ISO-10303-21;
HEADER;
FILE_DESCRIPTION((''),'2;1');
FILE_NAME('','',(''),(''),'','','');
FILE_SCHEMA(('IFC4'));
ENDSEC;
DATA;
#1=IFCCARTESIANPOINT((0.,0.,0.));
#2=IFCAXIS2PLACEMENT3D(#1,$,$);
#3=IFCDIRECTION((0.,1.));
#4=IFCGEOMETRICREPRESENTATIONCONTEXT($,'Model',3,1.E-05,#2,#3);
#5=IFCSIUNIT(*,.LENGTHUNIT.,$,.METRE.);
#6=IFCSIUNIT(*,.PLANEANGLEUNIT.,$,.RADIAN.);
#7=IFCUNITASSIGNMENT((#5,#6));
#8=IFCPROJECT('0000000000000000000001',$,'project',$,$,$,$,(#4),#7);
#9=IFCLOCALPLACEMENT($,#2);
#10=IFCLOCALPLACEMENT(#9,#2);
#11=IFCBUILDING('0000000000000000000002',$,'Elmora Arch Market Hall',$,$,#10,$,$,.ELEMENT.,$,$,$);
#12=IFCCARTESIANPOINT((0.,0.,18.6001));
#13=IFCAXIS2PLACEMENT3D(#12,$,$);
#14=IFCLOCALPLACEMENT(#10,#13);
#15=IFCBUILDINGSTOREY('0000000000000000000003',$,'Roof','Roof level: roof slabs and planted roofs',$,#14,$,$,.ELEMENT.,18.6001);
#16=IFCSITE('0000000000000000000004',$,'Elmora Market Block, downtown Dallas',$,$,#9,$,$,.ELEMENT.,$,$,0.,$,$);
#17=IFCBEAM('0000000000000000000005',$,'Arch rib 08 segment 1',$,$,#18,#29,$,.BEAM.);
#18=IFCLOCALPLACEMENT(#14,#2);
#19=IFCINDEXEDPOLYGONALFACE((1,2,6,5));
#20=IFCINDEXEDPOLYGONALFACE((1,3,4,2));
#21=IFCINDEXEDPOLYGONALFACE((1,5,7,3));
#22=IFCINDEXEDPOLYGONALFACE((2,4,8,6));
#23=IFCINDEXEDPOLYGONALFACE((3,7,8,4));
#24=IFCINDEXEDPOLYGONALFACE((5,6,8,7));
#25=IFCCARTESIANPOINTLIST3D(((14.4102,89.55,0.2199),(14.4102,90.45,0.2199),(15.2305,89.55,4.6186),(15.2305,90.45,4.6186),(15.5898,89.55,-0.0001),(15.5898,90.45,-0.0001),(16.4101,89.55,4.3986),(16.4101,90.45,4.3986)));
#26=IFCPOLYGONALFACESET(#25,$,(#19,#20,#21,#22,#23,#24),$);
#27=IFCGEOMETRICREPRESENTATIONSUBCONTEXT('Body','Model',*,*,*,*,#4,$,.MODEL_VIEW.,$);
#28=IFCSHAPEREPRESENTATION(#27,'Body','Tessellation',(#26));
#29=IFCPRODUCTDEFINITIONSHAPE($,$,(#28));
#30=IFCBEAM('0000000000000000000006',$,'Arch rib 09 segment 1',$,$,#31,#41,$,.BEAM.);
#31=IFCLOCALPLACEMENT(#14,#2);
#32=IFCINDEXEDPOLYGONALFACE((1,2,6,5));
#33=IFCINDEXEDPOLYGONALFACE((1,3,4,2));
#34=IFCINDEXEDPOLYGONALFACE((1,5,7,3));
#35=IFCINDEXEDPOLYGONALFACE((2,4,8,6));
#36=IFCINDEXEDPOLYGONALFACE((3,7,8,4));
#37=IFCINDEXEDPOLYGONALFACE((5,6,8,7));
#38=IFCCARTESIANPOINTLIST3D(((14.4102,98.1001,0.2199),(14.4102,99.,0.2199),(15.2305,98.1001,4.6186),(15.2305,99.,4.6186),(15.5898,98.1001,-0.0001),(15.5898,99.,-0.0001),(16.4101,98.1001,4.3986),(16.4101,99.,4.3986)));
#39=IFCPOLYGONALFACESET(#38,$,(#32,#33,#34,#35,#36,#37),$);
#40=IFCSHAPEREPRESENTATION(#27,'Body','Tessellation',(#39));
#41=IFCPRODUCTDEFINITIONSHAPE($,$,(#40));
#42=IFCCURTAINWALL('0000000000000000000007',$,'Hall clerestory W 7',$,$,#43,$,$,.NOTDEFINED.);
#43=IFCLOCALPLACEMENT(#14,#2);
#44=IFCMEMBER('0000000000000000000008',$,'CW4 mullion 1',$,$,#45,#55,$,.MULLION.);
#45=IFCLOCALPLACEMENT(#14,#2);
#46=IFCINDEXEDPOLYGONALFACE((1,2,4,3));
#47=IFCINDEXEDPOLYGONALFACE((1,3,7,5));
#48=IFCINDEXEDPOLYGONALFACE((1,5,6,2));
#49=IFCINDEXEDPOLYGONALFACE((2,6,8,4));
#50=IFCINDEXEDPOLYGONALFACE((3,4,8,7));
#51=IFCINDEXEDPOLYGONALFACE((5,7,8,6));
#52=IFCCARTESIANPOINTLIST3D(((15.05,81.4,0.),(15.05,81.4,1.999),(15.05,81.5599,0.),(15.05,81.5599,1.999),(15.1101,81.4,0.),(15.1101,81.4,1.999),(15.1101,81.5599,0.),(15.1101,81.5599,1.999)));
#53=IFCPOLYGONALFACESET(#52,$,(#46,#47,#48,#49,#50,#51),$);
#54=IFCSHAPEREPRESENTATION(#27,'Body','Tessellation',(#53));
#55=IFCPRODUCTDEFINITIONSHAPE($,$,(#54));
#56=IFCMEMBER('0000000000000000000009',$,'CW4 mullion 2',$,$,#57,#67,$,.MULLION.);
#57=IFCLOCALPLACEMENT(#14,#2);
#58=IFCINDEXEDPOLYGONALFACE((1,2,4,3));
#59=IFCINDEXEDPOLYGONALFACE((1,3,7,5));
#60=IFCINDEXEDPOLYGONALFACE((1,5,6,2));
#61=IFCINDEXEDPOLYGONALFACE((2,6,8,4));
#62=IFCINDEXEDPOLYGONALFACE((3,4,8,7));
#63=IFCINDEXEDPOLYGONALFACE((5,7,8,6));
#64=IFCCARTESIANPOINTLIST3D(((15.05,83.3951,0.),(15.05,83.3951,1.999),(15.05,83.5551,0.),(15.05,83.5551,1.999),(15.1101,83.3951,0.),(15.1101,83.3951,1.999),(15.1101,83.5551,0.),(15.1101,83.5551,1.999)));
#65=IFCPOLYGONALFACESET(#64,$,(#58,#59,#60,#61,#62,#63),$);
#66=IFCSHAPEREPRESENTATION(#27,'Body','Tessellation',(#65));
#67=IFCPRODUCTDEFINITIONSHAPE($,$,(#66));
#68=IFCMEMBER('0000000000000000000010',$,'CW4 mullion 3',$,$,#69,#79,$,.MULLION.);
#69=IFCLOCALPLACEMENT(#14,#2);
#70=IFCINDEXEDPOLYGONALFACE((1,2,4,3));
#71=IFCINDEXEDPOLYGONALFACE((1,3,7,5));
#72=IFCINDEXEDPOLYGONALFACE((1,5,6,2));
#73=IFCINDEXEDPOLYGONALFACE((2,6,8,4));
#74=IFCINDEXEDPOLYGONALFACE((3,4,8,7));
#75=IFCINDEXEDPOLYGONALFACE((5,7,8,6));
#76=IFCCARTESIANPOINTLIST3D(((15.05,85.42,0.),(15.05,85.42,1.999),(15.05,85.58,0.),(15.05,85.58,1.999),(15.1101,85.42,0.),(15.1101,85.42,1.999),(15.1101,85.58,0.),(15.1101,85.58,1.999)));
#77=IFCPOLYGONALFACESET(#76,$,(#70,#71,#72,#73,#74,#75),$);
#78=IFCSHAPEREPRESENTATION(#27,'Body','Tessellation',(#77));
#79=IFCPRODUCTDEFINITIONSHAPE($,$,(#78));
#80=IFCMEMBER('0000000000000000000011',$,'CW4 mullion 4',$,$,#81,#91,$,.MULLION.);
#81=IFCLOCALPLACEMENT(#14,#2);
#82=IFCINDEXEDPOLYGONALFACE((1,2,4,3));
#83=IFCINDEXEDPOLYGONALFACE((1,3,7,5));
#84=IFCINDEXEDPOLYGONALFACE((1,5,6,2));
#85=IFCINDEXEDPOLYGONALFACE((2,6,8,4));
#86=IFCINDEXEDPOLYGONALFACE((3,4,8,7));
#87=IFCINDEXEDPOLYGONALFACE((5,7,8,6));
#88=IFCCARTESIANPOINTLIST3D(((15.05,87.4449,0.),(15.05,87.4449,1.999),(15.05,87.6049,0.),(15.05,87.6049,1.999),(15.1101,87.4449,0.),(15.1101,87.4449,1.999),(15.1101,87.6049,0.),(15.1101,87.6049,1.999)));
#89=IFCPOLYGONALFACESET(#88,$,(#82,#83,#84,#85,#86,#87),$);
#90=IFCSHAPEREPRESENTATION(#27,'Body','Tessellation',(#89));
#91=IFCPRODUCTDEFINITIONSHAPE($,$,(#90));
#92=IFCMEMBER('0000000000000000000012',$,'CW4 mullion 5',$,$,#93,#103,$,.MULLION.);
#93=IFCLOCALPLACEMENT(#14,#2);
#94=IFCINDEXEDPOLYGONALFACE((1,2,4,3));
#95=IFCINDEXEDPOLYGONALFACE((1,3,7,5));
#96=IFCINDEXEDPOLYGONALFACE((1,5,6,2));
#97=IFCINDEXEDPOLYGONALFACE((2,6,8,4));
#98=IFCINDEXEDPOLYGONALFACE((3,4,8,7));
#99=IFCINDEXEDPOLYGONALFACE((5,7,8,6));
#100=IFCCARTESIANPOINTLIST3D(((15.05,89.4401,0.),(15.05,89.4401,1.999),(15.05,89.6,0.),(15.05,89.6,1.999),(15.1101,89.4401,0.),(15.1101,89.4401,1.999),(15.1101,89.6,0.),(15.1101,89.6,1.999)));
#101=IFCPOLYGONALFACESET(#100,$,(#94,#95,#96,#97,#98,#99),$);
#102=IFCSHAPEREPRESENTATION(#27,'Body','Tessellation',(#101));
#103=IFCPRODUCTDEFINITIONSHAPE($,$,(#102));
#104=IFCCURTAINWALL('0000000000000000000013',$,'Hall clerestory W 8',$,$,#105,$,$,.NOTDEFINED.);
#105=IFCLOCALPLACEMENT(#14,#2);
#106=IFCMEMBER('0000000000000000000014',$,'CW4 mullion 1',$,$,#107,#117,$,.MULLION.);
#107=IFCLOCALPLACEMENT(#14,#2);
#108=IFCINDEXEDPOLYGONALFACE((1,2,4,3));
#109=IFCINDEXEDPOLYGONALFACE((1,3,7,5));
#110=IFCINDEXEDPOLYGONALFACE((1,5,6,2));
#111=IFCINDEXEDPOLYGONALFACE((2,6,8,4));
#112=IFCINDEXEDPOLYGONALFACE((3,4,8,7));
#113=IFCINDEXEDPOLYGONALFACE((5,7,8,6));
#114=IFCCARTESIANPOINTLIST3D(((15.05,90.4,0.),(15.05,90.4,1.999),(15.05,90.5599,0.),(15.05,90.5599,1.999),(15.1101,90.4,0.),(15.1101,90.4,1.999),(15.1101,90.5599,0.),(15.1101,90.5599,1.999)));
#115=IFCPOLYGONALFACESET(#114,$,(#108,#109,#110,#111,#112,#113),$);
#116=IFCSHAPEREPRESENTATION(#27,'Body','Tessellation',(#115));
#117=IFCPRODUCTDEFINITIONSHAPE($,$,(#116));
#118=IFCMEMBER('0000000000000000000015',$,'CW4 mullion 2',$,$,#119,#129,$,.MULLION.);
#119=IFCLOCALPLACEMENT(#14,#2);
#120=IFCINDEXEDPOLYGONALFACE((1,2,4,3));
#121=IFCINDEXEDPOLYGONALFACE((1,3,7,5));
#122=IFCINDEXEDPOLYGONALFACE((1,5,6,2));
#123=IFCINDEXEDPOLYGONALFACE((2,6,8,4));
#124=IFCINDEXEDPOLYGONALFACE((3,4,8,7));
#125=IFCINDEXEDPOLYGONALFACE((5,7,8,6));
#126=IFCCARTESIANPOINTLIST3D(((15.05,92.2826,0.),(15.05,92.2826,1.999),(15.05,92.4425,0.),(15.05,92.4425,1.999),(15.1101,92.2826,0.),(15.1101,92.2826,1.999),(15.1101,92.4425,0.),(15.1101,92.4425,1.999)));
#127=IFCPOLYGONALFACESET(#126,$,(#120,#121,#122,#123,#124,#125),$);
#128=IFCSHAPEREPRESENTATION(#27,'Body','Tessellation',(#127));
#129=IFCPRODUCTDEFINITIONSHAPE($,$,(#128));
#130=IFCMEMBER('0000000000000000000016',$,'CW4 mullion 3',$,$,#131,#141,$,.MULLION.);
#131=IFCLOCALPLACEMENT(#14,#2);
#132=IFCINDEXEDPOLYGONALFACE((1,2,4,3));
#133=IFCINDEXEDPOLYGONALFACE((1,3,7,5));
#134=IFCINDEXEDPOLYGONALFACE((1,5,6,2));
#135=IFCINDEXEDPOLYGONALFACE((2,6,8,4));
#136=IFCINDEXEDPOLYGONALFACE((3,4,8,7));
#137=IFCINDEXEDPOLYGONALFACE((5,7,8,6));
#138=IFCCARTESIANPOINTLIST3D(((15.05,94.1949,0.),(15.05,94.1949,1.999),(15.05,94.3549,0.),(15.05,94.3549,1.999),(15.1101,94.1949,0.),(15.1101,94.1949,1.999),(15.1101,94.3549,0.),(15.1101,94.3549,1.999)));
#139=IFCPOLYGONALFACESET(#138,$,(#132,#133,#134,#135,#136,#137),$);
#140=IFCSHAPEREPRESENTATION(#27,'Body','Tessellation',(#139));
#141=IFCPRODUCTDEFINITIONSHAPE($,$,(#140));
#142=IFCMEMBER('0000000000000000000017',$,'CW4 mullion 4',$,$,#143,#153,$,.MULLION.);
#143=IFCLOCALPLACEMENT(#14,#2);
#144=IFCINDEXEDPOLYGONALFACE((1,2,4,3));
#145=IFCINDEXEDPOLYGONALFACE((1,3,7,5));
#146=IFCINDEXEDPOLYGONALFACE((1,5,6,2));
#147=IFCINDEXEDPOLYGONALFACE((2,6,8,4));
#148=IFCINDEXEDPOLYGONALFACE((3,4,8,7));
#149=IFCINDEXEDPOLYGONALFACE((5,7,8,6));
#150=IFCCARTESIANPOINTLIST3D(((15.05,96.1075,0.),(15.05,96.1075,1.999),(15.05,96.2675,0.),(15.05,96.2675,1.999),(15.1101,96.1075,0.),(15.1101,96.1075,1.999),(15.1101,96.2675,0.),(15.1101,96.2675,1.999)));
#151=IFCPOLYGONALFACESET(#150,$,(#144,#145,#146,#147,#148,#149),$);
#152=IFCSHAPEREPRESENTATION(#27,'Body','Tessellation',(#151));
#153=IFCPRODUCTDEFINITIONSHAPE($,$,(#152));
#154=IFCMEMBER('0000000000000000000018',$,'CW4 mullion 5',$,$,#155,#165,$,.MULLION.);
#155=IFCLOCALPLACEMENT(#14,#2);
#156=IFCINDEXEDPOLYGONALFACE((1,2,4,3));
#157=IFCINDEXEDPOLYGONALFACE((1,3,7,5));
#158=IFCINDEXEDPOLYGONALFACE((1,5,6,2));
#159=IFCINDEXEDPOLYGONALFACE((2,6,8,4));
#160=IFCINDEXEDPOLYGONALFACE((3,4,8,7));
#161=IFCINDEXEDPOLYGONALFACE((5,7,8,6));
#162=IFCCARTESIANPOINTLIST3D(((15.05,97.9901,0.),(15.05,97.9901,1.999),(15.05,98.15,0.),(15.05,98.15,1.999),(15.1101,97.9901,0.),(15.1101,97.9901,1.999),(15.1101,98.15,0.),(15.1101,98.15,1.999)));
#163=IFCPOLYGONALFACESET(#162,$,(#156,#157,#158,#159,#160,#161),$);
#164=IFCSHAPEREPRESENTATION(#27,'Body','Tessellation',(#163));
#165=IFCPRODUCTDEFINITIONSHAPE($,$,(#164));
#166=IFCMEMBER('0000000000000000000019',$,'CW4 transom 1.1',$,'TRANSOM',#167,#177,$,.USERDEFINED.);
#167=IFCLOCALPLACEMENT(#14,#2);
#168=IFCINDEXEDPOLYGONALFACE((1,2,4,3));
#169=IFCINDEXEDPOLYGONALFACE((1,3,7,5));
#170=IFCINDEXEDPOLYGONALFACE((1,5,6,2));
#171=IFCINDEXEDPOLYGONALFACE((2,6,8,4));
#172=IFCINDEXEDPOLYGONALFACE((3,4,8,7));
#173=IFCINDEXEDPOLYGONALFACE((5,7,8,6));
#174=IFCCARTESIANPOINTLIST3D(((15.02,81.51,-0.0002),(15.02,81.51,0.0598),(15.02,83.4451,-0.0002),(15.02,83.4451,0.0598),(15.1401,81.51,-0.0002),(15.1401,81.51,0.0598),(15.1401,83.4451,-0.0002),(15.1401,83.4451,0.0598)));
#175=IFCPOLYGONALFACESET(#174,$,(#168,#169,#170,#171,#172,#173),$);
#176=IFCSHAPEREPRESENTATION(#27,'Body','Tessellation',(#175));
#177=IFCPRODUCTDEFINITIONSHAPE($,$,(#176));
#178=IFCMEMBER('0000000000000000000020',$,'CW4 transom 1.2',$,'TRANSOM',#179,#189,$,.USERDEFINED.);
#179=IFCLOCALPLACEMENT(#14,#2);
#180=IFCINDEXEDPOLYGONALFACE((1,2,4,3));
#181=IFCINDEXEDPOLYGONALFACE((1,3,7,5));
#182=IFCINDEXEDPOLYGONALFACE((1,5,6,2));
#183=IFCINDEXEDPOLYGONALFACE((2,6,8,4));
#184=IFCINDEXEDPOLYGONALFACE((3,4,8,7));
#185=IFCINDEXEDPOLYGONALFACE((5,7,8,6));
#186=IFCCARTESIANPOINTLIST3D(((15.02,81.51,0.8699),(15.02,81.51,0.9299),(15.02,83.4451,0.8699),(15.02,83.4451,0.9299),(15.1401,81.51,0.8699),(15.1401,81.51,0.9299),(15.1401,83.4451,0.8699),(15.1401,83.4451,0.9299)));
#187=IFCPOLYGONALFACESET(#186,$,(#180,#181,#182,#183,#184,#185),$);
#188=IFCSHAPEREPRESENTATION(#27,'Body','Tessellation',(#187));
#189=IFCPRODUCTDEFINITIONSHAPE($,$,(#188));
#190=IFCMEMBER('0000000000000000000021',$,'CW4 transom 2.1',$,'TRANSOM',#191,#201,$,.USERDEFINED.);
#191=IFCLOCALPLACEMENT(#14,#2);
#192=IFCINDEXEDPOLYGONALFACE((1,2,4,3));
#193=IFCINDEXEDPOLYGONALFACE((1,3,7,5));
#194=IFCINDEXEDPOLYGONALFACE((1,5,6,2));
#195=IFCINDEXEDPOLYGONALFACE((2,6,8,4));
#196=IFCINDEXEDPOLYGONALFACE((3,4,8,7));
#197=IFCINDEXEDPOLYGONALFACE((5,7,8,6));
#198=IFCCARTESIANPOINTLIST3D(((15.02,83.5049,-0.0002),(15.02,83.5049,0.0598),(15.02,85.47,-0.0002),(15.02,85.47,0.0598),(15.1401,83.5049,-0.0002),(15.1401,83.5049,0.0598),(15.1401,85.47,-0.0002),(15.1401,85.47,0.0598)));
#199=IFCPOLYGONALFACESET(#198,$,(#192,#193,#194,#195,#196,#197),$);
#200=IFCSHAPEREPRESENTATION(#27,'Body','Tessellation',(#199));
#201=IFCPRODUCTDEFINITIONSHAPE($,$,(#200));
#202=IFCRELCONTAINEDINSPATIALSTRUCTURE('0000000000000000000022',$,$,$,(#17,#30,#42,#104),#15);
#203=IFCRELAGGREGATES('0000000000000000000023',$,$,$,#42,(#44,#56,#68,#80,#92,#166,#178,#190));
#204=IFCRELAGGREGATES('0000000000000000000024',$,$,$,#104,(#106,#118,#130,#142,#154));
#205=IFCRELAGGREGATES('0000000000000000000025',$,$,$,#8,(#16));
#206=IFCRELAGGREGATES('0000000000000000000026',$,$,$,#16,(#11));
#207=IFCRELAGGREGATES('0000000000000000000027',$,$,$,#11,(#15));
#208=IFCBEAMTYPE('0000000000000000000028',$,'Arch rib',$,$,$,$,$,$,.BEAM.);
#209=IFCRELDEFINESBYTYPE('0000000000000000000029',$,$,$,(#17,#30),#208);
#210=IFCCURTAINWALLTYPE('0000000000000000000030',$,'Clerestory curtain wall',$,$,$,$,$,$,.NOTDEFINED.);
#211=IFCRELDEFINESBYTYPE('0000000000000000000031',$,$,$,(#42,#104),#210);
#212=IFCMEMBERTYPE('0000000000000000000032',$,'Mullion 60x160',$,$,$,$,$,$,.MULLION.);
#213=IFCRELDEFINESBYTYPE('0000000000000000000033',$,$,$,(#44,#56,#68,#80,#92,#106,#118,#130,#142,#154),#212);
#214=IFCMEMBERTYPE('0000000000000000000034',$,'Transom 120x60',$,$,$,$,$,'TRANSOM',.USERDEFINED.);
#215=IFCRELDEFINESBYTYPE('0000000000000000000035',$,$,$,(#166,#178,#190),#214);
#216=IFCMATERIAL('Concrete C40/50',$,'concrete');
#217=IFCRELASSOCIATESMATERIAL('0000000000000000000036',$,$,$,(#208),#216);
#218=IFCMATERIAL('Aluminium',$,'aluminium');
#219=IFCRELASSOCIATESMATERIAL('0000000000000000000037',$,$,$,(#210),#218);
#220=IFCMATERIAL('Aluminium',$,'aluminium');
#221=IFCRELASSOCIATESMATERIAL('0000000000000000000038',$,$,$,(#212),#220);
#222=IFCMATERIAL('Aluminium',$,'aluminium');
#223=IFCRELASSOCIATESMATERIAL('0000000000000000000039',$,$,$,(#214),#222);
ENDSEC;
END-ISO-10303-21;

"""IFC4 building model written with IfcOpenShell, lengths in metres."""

from ifc_helpers import new_model, si_unit, direction, frame, origin, origin_2d, place, context, subcontext, project, spatial, rectangle, extrude, material, material_profile, profile_set, type_object, element, aggregate, save


model = new_model("IFC4")

# Units and contexts
model_context = context("Model", 3, precision=1e-05, world=origin(), true_north=direction((0.0, 1.0)))
body_context = subcontext(model_context, "Body", "Model", "MODEL_VIEW")
ifc_project = project(units=[si_unit("LENGTHUNIT", "METRE"), si_unit("PLANEANGLEUNIT", "RADIAN")], contexts=[model_context])

# Site, building, storey
site_placement = place(None, origin())
site = spatial("IfcSite", under=ifc_project, at=site_placement, Name="Elmora Market Block, downtown Dallas", CompositionType="ELEMENT", RefElevation=0.0)
building_placement = place(site_placement, origin())
building = spatial("IfcBuilding", under=site, at=building_placement, Name="Elmora Arch Market Hall", CompositionType="ELEMENT")
storey_placement = place(building_placement, frame((0.0, 0.0, 18.6001)))
storey = spatial("IfcBuildingStorey", under=building, at=storey_placement, Name="Roof", Description="Roof level: roof slabs and planted roofs", CompositionType="ELEMENT", Elevation=18.6001)

# Beams
ifc_material_1 = material(Name="Concrete C40/50", Category="concrete")
ifc_material_profile_1 = material_profile(ifc_material_1, rectangle(XDim=0.8999, YDim=1.2, at=origin_2d()), Name="Arch rib")
ifc_profile_set_1 = profile_set([ifc_material_profile_1], Name="Concrete C40/50")
beam_type = type_object("IfcBeamType", Name="Arch rib", PredefinedType="BEAM", material=ifc_profile_set_1)
for number, where, z_axis, x_axis, name in (
    (1, (15.0, 90.0, 0.1099), (0.18333, 0.0, 0.983051), (0.0, 1.0, 0.0), "Arch rib 08 segment 1"),
    (2, (15.0, 98.55, 0.1099), (0.18333, 0.0, 0.983051), (0.0, 1.0, 0.0), "Arch rib 09 segment 1"),
):
    element("IfcBeam", number, at=place(storey_placement, frame(where, z_axis=z_axis, x_axis=x_axis)), inside=storey, type_object=beam_type, Name=name, PredefinedType="BEAM", context=body_context, shape_type="SweptSolid", body=[
        extrude(rectangle(XDim=0.8999, YDim=1.2, at=origin_2d()), origin(), (0.0, 0.0, 1.0), 4.4746),
    ])

# Curtain walls, members
ifc_material_2 = material(Name="Aluminium", Category="aluminium")
curtain_wall_type = type_object("IfcCurtainWallType", Name="Clerestory curtain wall", PredefinedType="NOTDEFINED", material=ifc_material_2)
curtain_wall_1_placement = place(storey_placement, origin())
curtain_wall_1 = element("IfcCurtainWall", 3, at=curtain_wall_1_placement, inside=storey, type_object=curtain_wall_type, Name="Hall clerestory W 7", PredefinedType="NOTDEFINED")
ifc_material_3 = material(Name="Aluminium", Category="aluminium")
ifc_material_profile_2 = material_profile(ifc_material_3, rectangle(XDim=0.0601, YDim=0.1599, at=origin_2d()), Name="AL 60x160")
ifc_profile_set_2 = profile_set([ifc_material_profile_2], Name="Aluminium")
member_type_1 = type_object("IfcMemberType", Name="Mullion 60x160", PredefinedType="MULLION", material=ifc_profile_set_2)
member_1_placement = place(storey_placement, frame((15.0801, 81.48, 0.0), z_axis=(0.0, 0.0, 1.0), x_axis=(-1.0, 0.0, 0.0)))
member_1 = element("IfcMember", 4, at=member_1_placement, type_object=member_type_1, Name="CW4 mullion 1", PredefinedType="MULLION", context=body_context, shape_type="SweptSolid", body=[
    extrude(rectangle(XDim=0.0601, YDim=0.1599, at=origin_2d()), origin(), (0.0, 0.0, 1.0), 1.999),
])
member_2_placement = place(storey_placement, frame((15.0801, 83.4751, 0.0), z_axis=(0.0, 0.0, 1.0), x_axis=(-1.0, 0.0, 0.0)))
member_2 = element("IfcMember", 5, at=member_2_placement, type_object=member_type_1, Name="CW4 mullion 2", PredefinedType="MULLION", context=body_context, shape_type="SweptSolid", body=[
    extrude(rectangle(XDim=0.0601, YDim=0.1599, at=origin_2d()), origin(), (0.0, 0.0, 1.0), 1.999),
])
member_3_placement = place(storey_placement, frame((15.0801, 85.5, 0.0), z_axis=(0.0, 0.0, 1.0), x_axis=(-1.0, 0.0, 0.0)))
member_3 = element("IfcMember", 6, at=member_3_placement, type_object=member_type_1, Name="CW4 mullion 3", PredefinedType="MULLION", context=body_context, shape_type="SweptSolid", body=[
    extrude(rectangle(XDim=0.0601, YDim=0.1599, at=origin_2d()), origin(), (0.0, 0.0, 1.0), 1.999),
])
member_4_placement = place(storey_placement, frame((15.0801, 87.5249, 0.0), z_axis=(0.0, 0.0, 1.0), x_axis=(-1.0, 0.0, 0.0)))
member_4 = element("IfcMember", 7, at=member_4_placement, type_object=member_type_1, Name="CW4 mullion 4", PredefinedType="MULLION", context=body_context, shape_type="SweptSolid", body=[
    extrude(rectangle(XDim=0.0601, YDim=0.1599, at=origin_2d()), origin(), (0.0, 0.0, 1.0), 1.999),
])
member_5_placement = place(storey_placement, frame((15.0801, 89.52, 0.0), z_axis=(0.0, 0.0, 1.0), x_axis=(-1.0, 0.0, 0.0)))
member_5 = element("IfcMember", 8, at=member_5_placement, type_object=member_type_1, Name="CW4 mullion 5", PredefinedType="MULLION", context=body_context, shape_type="SweptSolid", body=[
    extrude(rectangle(XDim=0.0601, YDim=0.1599, at=origin_2d()), origin(), (0.0, 0.0, 1.0), 1.999),
])
curtain_wall_2_placement = place(storey_placement, origin())
curtain_wall_2 = element("IfcCurtainWall", 9, at=curtain_wall_2_placement, inside=storey, type_object=curtain_wall_type, Name="Hall clerestory W 8", PredefinedType="NOTDEFINED")
member_6_placement = place(storey_placement, frame((15.0801, 90.48, 0.0), z_axis=(0.0, 0.0, 1.0), x_axis=(-1.0, 0.0, 0.0)))
member_6 = element("IfcMember", 10, at=member_6_placement, type_object=member_type_1, Name="CW4 mullion 1", PredefinedType="MULLION", context=body_context, shape_type="SweptSolid", body=[
    extrude(rectangle(XDim=0.0601, YDim=0.1599, at=origin_2d()), origin(), (0.0, 0.0, 1.0), 1.999),
])
member_7_placement = place(storey_placement, frame((15.0801, 92.3625, 0.0), z_axis=(0.0, 0.0, 1.0), x_axis=(-1.0, 0.0, 0.0)))
member_7 = element("IfcMember", 11, at=member_7_placement, type_object=member_type_1, Name="CW4 mullion 2", PredefinedType="MULLION", context=body_context, shape_type="SweptSolid", body=[
    extrude(rectangle(XDim=0.0601, YDim=0.1599, at=origin_2d()), origin(), (0.0, 0.0, 1.0), 1.999),
])
member_8_placement = place(storey_placement, frame((15.0801, 94.2749, 0.0), z_axis=(0.0, 0.0, 1.0), x_axis=(-1.0, 0.0, 0.0)))
member_8 = element("IfcMember", 12, at=member_8_placement, type_object=member_type_1, Name="CW4 mullion 3", PredefinedType="MULLION", context=body_context, shape_type="SweptSolid", body=[
    extrude(rectangle(XDim=0.0601, YDim=0.1599, at=origin_2d()), origin(), (0.0, 0.0, 1.0), 1.999),
])
member_9_placement = place(storey_placement, frame((15.0801, 96.1875, 0.0), z_axis=(0.0, 0.0, 1.0), x_axis=(-1.0, 0.0, 0.0)))
member_9 = element("IfcMember", 13, at=member_9_placement, type_object=member_type_1, Name="CW4 mullion 4", PredefinedType="MULLION", context=body_context, shape_type="SweptSolid", body=[
    extrude(rectangle(XDim=0.0601, YDim=0.1599, at=origin_2d()), origin(), (0.0, 0.0, 1.0), 1.999),
])
member_10_placement = place(storey_placement, frame((15.0801, 98.0701, 0.0), z_axis=(0.0, 0.0, 1.0), x_axis=(-1.0, 0.0, 0.0)))
member_10 = element("IfcMember", 14, at=member_10_placement, type_object=member_type_1, Name="CW4 mullion 5", PredefinedType="MULLION", context=body_context, shape_type="SweptSolid", body=[
    extrude(rectangle(XDim=0.0601, YDim=0.1599, at=origin_2d()), origin(), (0.0, 0.0, 1.0), 1.999),
])

# Members
ifc_material_4 = material(Name="Aluminium", Category="aluminium")
ifc_material_profile_3 = material_profile(ifc_material_4, rectangle(XDim=0.1201, YDim=0.0601, at=origin_2d()), Name="AL 120x60")
ifc_profile_set_3 = profile_set([ifc_material_profile_3], Name="Aluminium")
member_type_2 = type_object("IfcMemberType", Name="Transom 120x60", ElementType="TRANSOM", PredefinedType="USERDEFINED", material=ifc_profile_set_3)
member_11_placement = place(storey_placement, frame((15.0801, 81.51, 0.0298), z_axis=(0.0, 1.0, 0.0), x_axis=(-1.0, 0.0, 0.0)))
member_11 = element("IfcMember", 15, at=member_11_placement, type_object=member_type_2, Name="CW4 transom 1.1", ObjectType="TRANSOM", PredefinedType="USERDEFINED", context=body_context, shape_type="SweptSolid", body=[
    extrude(rectangle(XDim=0.1201, YDim=0.0601, at=origin_2d()), origin(), (0.0, 0.0, 1.0), 1.9351),
])
member_12_placement = place(storey_placement, frame((15.0801, 81.51, 0.8999), z_axis=(0.0, 1.0, 0.0), x_axis=(-1.0, 0.0, 0.0)))
member_12 = element("IfcMember", 16, at=member_12_placement, type_object=member_type_2, Name="CW4 transom 1.2", ObjectType="TRANSOM", PredefinedType="USERDEFINED", context=body_context, shape_type="SweptSolid", body=[
    extrude(rectangle(XDim=0.1201, YDim=0.0601, at=origin_2d()), origin(), (0.0, 0.0, 1.0), 1.9351),
])
member_13_placement = place(storey_placement, frame((15.0801, 83.5049, 0.0298), z_axis=(0.0, 1.0, 0.0), x_axis=(-1.0, 0.0, 0.0)))
member_13 = element("IfcMember", 17, at=member_13_placement, type_object=member_type_2, Name="CW4 transom 2.1", ObjectType="TRANSOM", PredefinedType="USERDEFINED", context=body_context, shape_type="SweptSolid", body=[
    extrude(rectangle(XDim=0.1201, YDim=0.0601, at=origin_2d()), origin(), (0.0, 0.0, 1.0), 1.9651),
])

aggregate(curtain_wall_1, [member_1, member_2, member_3, member_4, member_5, member_11, member_12, member_13])
aggregate(curtain_wall_2, [member_6, member_7, member_8, member_9, member_10])

save(model, "model.ifc")
